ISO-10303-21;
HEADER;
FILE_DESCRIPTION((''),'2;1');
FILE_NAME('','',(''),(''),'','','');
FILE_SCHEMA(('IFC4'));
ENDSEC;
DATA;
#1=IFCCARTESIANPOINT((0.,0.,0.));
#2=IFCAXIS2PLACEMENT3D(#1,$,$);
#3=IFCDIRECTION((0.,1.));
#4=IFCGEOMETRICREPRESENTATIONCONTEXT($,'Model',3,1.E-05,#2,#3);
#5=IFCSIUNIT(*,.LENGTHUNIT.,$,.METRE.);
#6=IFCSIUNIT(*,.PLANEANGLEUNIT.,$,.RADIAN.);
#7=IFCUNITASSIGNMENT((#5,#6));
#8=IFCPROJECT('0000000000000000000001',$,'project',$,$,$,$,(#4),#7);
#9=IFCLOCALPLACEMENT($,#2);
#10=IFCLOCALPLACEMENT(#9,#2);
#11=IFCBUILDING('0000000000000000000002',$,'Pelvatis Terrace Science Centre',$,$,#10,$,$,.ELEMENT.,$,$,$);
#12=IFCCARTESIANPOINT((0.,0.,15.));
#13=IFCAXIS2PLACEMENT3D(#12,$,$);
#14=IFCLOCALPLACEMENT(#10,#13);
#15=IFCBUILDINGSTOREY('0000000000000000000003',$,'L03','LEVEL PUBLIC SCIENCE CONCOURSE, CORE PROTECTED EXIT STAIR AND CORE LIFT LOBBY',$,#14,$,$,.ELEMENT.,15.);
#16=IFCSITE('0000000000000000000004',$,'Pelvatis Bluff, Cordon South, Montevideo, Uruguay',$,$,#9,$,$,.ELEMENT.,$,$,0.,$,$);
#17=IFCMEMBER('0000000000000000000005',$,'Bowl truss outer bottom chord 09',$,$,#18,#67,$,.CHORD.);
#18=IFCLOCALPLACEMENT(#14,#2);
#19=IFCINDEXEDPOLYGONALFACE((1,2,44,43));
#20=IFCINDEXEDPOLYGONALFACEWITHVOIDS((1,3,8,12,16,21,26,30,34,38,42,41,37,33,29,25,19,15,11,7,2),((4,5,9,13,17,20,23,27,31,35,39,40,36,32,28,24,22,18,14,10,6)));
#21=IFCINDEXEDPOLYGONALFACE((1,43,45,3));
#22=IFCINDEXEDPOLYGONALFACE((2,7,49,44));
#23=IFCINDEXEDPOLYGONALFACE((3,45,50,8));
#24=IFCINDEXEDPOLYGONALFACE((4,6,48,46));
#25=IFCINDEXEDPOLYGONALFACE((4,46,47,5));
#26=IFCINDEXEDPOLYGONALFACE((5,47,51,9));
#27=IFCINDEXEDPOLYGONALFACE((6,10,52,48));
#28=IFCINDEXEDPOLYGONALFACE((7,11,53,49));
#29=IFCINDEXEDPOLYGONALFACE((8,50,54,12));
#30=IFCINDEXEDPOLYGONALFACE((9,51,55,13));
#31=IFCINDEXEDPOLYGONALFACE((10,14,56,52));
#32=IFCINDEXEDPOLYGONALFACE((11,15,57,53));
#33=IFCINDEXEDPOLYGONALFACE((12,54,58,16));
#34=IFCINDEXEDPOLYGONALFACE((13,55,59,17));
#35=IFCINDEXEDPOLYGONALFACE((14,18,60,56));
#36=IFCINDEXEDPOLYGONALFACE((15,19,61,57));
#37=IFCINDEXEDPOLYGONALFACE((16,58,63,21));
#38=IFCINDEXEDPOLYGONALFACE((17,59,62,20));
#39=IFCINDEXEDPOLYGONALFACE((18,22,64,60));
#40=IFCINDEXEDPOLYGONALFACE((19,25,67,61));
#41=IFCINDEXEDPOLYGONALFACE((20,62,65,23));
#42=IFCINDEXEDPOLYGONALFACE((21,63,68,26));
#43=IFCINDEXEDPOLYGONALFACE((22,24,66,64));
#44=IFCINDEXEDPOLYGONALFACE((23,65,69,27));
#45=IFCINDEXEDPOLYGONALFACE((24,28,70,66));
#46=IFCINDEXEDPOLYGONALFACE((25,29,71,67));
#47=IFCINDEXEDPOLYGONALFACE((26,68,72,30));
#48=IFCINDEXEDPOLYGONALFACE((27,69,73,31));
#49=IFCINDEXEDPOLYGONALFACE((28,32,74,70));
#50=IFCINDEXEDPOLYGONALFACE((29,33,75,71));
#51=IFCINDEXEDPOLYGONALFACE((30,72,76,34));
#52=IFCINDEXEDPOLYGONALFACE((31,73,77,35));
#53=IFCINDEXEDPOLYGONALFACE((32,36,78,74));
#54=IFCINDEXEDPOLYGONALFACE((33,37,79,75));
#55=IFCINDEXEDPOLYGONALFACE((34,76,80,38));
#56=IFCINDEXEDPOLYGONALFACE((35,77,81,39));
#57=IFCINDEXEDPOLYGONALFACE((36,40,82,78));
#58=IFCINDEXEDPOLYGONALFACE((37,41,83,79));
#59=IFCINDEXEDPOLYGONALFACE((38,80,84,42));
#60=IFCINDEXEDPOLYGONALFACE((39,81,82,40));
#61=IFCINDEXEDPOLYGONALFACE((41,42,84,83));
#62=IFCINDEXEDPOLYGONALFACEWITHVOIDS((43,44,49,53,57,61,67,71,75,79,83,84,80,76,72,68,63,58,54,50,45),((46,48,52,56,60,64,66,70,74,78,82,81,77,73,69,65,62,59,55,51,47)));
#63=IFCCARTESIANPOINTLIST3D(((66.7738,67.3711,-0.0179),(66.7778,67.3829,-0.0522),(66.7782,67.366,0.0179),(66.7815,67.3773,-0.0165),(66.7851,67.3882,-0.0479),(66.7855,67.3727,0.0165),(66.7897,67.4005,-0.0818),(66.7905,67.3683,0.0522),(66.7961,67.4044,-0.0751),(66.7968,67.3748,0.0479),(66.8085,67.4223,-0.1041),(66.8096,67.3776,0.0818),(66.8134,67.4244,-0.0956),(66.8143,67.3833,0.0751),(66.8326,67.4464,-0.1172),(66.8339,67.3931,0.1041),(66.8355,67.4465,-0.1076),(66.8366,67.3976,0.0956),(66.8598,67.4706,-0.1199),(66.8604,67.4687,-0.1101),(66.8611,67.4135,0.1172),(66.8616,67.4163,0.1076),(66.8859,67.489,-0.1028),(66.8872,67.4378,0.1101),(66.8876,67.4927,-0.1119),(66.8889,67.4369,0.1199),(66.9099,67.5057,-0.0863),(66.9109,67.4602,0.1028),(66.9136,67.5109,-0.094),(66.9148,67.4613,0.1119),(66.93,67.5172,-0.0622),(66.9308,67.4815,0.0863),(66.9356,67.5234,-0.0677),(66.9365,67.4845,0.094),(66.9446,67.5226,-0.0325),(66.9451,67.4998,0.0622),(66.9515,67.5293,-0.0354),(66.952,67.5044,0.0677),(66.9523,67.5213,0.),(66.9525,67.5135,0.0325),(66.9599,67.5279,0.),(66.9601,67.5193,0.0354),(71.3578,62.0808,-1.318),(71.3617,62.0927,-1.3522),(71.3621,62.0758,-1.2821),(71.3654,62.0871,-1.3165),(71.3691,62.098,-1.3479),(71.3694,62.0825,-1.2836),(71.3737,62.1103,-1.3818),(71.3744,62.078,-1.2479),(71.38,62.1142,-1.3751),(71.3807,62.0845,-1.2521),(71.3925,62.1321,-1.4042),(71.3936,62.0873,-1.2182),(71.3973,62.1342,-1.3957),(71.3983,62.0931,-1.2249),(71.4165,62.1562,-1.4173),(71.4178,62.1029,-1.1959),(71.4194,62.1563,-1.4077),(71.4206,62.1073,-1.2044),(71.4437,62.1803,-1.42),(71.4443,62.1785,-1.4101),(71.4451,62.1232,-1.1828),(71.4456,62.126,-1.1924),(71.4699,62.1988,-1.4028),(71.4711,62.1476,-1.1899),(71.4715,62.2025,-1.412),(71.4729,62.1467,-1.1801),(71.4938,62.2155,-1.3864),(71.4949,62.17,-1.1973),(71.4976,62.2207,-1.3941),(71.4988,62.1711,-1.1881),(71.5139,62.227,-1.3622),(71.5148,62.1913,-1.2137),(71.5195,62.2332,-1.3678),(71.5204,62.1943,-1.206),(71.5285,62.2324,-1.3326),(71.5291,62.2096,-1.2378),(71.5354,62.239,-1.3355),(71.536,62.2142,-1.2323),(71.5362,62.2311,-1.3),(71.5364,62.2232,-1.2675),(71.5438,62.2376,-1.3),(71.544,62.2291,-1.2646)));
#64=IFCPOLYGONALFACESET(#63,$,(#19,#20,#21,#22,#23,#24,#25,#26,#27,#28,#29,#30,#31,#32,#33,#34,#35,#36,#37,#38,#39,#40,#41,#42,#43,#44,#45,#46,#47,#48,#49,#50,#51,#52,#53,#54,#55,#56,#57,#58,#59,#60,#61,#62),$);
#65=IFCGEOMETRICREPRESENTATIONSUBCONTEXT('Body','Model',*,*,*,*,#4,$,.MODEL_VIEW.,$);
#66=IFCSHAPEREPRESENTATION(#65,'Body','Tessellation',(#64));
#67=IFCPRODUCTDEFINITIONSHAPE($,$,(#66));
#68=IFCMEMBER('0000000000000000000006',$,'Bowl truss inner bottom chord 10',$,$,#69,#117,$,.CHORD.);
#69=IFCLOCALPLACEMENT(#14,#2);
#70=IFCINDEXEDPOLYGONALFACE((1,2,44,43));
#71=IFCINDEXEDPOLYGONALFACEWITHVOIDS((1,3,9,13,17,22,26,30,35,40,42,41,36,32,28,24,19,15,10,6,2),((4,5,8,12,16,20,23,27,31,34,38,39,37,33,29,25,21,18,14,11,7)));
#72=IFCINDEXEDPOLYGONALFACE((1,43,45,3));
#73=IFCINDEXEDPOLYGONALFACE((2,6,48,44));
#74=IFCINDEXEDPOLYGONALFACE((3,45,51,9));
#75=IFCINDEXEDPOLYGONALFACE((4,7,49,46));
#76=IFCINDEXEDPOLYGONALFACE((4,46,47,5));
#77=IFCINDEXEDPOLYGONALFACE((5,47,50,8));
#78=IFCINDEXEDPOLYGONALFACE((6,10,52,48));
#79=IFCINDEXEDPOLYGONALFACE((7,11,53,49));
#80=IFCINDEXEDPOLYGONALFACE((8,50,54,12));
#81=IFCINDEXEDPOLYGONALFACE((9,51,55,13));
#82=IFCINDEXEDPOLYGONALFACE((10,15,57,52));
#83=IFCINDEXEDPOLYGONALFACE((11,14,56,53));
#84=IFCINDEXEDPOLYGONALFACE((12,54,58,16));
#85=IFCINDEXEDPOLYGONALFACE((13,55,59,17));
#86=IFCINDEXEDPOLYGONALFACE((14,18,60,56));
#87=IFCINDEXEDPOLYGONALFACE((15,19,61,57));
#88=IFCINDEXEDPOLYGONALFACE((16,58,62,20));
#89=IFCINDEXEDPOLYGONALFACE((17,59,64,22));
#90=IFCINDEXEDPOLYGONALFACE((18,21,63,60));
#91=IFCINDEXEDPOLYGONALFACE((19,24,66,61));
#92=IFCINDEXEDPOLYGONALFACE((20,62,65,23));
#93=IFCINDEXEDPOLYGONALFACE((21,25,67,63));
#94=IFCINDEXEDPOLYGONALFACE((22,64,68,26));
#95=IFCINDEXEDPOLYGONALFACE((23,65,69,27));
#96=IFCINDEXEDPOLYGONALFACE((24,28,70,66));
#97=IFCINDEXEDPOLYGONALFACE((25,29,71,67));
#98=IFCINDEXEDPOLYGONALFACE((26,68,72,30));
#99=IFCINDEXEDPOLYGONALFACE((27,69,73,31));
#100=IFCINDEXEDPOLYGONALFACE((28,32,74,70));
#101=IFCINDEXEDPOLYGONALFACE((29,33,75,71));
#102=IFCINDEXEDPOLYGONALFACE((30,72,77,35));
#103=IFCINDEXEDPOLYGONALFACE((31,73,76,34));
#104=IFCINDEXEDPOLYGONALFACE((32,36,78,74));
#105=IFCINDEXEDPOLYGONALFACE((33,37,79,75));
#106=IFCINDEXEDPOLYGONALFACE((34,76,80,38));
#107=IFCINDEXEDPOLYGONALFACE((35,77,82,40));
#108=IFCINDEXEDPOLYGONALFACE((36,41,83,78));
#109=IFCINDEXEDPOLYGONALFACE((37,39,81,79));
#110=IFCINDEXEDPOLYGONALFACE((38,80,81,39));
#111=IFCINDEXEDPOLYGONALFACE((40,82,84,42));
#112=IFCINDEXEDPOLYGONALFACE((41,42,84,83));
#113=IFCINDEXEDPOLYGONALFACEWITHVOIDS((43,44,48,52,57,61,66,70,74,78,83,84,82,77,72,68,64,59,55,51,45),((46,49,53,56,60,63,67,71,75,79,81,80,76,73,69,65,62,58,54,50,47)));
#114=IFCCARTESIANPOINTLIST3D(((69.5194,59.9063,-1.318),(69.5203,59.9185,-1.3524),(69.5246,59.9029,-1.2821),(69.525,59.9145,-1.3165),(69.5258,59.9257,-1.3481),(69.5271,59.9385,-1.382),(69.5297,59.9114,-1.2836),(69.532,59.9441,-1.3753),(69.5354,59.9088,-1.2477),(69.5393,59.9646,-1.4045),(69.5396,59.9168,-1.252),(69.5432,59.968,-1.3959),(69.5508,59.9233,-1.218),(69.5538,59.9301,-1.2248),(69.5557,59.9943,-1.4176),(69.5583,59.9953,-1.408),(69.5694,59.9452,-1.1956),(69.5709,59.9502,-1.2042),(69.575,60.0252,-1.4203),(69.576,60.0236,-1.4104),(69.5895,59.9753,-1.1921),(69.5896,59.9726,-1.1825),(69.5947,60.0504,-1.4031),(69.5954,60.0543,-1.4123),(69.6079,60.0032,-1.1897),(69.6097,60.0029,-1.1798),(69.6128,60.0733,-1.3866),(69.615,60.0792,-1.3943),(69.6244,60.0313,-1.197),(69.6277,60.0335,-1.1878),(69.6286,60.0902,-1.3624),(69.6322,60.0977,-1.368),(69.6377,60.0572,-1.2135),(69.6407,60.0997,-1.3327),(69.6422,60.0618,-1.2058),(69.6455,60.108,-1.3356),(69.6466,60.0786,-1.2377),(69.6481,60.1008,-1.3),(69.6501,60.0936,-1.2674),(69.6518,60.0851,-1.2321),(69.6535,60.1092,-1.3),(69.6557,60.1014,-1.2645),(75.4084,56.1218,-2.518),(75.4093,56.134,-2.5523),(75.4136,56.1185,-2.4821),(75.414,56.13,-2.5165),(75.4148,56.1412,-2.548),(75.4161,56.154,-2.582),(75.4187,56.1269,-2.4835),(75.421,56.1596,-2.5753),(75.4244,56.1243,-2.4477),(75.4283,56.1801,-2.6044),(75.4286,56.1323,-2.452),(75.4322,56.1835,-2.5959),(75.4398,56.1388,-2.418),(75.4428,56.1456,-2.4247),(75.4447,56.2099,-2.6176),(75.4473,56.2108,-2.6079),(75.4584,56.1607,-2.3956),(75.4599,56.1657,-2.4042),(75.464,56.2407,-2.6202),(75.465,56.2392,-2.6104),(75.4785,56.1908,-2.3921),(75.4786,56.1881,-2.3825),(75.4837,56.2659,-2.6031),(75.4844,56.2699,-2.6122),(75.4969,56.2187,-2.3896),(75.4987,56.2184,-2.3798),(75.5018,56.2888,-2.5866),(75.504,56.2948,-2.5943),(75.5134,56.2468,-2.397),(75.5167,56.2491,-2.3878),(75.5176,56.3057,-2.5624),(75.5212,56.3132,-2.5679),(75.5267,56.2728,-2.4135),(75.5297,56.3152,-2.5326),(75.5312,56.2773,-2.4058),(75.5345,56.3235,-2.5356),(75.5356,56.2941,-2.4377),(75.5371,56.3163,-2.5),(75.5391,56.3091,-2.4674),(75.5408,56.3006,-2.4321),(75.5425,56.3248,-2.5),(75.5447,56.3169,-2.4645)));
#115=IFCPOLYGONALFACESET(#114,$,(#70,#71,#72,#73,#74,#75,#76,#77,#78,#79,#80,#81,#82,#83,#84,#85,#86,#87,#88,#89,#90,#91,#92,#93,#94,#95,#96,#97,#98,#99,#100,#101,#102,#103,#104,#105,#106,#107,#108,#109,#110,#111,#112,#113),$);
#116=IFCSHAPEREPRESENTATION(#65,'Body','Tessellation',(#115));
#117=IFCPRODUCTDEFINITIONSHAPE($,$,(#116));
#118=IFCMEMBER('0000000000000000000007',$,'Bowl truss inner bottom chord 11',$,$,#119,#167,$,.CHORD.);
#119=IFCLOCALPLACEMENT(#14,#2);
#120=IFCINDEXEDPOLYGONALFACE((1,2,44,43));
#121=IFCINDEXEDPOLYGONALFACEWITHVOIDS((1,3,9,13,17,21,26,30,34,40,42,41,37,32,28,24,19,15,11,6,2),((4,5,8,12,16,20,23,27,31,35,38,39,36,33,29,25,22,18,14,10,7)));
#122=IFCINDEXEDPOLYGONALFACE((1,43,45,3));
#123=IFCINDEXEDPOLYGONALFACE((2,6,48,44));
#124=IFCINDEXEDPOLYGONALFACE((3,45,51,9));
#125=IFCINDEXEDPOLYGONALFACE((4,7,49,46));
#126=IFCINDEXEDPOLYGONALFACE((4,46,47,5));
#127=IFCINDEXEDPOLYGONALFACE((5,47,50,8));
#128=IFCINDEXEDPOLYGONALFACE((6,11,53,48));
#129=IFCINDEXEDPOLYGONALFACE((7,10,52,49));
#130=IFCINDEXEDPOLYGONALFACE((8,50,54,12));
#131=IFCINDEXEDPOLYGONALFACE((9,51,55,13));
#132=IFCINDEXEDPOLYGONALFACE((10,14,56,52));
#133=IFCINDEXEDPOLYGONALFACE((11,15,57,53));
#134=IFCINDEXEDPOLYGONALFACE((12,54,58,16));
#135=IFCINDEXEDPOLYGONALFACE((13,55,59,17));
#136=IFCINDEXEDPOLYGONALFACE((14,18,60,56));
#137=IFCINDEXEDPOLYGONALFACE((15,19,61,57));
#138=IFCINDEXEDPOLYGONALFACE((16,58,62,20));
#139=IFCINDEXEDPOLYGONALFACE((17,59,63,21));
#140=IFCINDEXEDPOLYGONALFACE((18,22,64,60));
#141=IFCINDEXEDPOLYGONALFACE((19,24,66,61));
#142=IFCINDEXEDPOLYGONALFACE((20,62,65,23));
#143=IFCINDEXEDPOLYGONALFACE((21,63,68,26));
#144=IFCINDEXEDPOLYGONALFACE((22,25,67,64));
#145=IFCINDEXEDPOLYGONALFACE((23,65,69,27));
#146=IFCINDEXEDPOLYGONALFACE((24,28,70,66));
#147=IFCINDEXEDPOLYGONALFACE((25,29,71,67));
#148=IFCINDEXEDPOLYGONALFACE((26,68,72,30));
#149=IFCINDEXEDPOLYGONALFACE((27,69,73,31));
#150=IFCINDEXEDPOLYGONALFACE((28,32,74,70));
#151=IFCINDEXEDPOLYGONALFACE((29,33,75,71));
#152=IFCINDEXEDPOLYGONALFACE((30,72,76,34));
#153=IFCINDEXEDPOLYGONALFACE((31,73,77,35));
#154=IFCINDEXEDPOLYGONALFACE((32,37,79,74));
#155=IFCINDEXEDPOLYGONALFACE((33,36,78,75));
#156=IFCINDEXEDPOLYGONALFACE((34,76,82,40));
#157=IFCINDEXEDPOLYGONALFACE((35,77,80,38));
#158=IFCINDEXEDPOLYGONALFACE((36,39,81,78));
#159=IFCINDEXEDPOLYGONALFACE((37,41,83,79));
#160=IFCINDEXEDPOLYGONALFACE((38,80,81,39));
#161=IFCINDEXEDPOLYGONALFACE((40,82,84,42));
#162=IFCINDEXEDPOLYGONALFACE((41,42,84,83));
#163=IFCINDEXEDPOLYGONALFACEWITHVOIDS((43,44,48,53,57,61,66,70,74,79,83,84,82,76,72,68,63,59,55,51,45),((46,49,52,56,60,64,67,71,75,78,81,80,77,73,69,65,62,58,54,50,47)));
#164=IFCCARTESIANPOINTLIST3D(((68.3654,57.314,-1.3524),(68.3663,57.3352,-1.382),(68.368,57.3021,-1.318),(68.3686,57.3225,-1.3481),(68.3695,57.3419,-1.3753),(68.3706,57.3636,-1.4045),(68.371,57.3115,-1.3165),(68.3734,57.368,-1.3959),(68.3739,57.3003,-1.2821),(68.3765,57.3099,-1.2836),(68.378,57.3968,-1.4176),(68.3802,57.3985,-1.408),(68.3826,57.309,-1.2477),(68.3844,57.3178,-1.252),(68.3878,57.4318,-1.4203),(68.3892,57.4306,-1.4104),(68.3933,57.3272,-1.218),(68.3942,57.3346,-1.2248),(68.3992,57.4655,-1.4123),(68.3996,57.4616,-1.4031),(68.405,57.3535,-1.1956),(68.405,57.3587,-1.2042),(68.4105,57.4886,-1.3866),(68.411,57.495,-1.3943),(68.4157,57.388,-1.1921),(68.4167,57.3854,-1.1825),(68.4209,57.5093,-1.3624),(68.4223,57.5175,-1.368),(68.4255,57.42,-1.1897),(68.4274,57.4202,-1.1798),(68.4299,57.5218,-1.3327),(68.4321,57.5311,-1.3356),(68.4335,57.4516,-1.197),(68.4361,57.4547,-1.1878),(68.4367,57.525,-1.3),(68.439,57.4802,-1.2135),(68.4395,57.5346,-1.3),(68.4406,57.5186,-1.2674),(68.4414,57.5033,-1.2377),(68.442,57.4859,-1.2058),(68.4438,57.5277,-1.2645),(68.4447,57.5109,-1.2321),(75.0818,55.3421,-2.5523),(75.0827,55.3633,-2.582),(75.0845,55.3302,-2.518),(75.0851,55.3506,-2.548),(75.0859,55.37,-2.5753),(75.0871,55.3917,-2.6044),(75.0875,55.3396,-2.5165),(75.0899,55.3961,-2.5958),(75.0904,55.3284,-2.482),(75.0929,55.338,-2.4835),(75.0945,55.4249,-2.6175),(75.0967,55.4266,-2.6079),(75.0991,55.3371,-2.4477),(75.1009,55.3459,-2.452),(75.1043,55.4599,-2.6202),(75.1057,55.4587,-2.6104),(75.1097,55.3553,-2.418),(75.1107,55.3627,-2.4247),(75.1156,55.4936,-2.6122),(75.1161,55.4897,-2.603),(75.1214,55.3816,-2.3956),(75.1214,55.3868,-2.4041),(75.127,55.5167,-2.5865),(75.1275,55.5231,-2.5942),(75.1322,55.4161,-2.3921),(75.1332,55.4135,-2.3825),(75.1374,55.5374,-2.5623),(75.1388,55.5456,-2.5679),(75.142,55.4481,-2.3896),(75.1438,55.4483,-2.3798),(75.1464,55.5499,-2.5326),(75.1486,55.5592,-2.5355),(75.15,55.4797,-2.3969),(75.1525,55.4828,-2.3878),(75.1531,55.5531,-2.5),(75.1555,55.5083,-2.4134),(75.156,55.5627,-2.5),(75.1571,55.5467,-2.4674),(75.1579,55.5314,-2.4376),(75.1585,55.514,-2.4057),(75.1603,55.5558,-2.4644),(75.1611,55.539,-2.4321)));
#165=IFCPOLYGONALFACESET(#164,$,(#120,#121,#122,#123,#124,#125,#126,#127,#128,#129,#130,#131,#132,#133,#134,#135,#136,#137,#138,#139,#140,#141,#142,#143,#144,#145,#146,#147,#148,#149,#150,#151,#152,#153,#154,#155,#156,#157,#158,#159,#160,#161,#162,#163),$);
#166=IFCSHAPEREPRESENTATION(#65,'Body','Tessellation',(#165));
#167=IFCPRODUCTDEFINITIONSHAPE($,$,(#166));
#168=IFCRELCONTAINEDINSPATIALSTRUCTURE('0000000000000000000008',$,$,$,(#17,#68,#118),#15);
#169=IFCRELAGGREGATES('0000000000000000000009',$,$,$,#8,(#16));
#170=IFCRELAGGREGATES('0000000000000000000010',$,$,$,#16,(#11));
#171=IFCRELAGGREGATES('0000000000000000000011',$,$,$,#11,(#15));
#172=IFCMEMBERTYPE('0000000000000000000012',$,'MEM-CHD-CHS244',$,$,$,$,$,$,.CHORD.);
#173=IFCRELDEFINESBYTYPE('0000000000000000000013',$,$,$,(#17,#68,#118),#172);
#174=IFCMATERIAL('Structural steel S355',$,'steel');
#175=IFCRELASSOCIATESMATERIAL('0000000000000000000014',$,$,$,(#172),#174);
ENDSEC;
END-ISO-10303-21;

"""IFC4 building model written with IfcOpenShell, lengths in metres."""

from ifc_helpers import new_model, si_unit, direction, frame, origin, origin_2d, place, context, subcontext, project, spatial, hollow_circle, extrude, material, material_profile, profile_set, type_object, element, save


model = new_model("IFC4")

# Units and contexts
model_context = context("Model", 3, precision=1e-05, world=origin(), true_north=direction((0.0, 1.0)))
body_context = subcontext(model_context, "Body", "Model", "MODEL_VIEW")
ifc_project = project(units=[si_unit("LENGTHUNIT", "METRE"), si_unit("PLANEANGLEUNIT", "RADIAN")], contexts=[model_context])

# Site, building, storey
site_placement = place(None, origin())
site = spatial("IfcSite", under=ifc_project, at=site_placement, Name="Pelvatis Bluff, Cordon South, Montevideo, Uruguay", CompositionType="ELEMENT", RefElevation=0.0)
building_placement = place(site_placement, origin())
building = spatial("IfcBuilding", under=site, at=building_placement, Name="Pelvatis Terrace Science Centre", CompositionType="ELEMENT")
storey_placement = place(building_placement, frame((0.0, 0.0, 15.0)))
storey = spatial("IfcBuildingStorey", under=building, at=storey_placement, Name="L03", Description="LEVEL PUBLIC SCIENCE CONCOURSE, CORE PROTECTED EXIT STAIR AND CORE LIFT LOBBY", CompositionType="ELEMENT", Elevation=15.0)

# Members
ifc_material_1 = material(Name="Structural steel S355", Category="steel")
ifc_material_profile_1 = material_profile(ifc_material_1, hollow_circle(Radius=0.1223, WallThickness=0.01, at=origin_2d()), Name="CHS 244.5x10.0")
ifc_profile_set_1 = profile_set([ifc_material_profile_1], Name="Structural steel S355")
member_type_1 = type_object("IfcMemberType", Name="MEM-CHD-CHS244", PredefinedType="CHORD", material=ifc_profile_set_1)
for number, where, z_axis, x_axis, name in (
    (1, (66.8674, 67.4478, 0.0), (0.643845, -0.743049, -0.182599), (0.755755, 0.654855, 0.0), "Bowl truss outer bottom chord 09"),
):
    element("IfcMember", number, at=place(storey_placement, frame(where, z_axis=z_axis, x_axis=x_axis)), inside=storey, type_object=member_type_1, Name=name, PredefinedType="CHORD", context=body_context, shape_type="SweptSolid", body=[
        extrude(hollow_circle(Radius=0.1223, WallThickness=0.01, at=origin_2d()), origin(), (0.0, 0.0, 1.0), 7.1196),
    ])
member_1_placement = place(storey_placement, frame((69.5874, 60.0063, -1.3), z_axis=(0.829169, -0.532853, -0.168955), x_axis=(0.540625, 0.841263, 0.0)))
element("IfcMember", 2, at=member_1_placement, inside=storey, type_object=member_type_1, Name="Bowl truss inner bottom chord 10", PredefinedType="CHORD", context=body_context, shape_type="SweptSolid", body=[
    extrude(hollow_circle(Radius=0.1223, WallThickness=0.01, at=origin_2d()), origin(), (0.0, 0.0, 1.0), 7.1023),
])
member_2_placement = place(storey_placement, frame((68.405, 57.4172, -1.3), z_axis=(0.945708, -0.277652, -0.168956), x_axis=(0.281702, 0.959502, 0.0)))
element("IfcMember", 3, at=member_2_placement, inside=storey, type_object=member_type_1, Name="Bowl truss inner bottom chord 11", PredefinedType="CHORD", context=body_context, shape_type="SweptSolid", body=[
    extrude(hollow_circle(Radius=0.1223, WallThickness=0.01, at=origin_2d()), origin(), (0.0, 0.0, 1.0), 7.1021),
])

save(model, "model.ifc")
